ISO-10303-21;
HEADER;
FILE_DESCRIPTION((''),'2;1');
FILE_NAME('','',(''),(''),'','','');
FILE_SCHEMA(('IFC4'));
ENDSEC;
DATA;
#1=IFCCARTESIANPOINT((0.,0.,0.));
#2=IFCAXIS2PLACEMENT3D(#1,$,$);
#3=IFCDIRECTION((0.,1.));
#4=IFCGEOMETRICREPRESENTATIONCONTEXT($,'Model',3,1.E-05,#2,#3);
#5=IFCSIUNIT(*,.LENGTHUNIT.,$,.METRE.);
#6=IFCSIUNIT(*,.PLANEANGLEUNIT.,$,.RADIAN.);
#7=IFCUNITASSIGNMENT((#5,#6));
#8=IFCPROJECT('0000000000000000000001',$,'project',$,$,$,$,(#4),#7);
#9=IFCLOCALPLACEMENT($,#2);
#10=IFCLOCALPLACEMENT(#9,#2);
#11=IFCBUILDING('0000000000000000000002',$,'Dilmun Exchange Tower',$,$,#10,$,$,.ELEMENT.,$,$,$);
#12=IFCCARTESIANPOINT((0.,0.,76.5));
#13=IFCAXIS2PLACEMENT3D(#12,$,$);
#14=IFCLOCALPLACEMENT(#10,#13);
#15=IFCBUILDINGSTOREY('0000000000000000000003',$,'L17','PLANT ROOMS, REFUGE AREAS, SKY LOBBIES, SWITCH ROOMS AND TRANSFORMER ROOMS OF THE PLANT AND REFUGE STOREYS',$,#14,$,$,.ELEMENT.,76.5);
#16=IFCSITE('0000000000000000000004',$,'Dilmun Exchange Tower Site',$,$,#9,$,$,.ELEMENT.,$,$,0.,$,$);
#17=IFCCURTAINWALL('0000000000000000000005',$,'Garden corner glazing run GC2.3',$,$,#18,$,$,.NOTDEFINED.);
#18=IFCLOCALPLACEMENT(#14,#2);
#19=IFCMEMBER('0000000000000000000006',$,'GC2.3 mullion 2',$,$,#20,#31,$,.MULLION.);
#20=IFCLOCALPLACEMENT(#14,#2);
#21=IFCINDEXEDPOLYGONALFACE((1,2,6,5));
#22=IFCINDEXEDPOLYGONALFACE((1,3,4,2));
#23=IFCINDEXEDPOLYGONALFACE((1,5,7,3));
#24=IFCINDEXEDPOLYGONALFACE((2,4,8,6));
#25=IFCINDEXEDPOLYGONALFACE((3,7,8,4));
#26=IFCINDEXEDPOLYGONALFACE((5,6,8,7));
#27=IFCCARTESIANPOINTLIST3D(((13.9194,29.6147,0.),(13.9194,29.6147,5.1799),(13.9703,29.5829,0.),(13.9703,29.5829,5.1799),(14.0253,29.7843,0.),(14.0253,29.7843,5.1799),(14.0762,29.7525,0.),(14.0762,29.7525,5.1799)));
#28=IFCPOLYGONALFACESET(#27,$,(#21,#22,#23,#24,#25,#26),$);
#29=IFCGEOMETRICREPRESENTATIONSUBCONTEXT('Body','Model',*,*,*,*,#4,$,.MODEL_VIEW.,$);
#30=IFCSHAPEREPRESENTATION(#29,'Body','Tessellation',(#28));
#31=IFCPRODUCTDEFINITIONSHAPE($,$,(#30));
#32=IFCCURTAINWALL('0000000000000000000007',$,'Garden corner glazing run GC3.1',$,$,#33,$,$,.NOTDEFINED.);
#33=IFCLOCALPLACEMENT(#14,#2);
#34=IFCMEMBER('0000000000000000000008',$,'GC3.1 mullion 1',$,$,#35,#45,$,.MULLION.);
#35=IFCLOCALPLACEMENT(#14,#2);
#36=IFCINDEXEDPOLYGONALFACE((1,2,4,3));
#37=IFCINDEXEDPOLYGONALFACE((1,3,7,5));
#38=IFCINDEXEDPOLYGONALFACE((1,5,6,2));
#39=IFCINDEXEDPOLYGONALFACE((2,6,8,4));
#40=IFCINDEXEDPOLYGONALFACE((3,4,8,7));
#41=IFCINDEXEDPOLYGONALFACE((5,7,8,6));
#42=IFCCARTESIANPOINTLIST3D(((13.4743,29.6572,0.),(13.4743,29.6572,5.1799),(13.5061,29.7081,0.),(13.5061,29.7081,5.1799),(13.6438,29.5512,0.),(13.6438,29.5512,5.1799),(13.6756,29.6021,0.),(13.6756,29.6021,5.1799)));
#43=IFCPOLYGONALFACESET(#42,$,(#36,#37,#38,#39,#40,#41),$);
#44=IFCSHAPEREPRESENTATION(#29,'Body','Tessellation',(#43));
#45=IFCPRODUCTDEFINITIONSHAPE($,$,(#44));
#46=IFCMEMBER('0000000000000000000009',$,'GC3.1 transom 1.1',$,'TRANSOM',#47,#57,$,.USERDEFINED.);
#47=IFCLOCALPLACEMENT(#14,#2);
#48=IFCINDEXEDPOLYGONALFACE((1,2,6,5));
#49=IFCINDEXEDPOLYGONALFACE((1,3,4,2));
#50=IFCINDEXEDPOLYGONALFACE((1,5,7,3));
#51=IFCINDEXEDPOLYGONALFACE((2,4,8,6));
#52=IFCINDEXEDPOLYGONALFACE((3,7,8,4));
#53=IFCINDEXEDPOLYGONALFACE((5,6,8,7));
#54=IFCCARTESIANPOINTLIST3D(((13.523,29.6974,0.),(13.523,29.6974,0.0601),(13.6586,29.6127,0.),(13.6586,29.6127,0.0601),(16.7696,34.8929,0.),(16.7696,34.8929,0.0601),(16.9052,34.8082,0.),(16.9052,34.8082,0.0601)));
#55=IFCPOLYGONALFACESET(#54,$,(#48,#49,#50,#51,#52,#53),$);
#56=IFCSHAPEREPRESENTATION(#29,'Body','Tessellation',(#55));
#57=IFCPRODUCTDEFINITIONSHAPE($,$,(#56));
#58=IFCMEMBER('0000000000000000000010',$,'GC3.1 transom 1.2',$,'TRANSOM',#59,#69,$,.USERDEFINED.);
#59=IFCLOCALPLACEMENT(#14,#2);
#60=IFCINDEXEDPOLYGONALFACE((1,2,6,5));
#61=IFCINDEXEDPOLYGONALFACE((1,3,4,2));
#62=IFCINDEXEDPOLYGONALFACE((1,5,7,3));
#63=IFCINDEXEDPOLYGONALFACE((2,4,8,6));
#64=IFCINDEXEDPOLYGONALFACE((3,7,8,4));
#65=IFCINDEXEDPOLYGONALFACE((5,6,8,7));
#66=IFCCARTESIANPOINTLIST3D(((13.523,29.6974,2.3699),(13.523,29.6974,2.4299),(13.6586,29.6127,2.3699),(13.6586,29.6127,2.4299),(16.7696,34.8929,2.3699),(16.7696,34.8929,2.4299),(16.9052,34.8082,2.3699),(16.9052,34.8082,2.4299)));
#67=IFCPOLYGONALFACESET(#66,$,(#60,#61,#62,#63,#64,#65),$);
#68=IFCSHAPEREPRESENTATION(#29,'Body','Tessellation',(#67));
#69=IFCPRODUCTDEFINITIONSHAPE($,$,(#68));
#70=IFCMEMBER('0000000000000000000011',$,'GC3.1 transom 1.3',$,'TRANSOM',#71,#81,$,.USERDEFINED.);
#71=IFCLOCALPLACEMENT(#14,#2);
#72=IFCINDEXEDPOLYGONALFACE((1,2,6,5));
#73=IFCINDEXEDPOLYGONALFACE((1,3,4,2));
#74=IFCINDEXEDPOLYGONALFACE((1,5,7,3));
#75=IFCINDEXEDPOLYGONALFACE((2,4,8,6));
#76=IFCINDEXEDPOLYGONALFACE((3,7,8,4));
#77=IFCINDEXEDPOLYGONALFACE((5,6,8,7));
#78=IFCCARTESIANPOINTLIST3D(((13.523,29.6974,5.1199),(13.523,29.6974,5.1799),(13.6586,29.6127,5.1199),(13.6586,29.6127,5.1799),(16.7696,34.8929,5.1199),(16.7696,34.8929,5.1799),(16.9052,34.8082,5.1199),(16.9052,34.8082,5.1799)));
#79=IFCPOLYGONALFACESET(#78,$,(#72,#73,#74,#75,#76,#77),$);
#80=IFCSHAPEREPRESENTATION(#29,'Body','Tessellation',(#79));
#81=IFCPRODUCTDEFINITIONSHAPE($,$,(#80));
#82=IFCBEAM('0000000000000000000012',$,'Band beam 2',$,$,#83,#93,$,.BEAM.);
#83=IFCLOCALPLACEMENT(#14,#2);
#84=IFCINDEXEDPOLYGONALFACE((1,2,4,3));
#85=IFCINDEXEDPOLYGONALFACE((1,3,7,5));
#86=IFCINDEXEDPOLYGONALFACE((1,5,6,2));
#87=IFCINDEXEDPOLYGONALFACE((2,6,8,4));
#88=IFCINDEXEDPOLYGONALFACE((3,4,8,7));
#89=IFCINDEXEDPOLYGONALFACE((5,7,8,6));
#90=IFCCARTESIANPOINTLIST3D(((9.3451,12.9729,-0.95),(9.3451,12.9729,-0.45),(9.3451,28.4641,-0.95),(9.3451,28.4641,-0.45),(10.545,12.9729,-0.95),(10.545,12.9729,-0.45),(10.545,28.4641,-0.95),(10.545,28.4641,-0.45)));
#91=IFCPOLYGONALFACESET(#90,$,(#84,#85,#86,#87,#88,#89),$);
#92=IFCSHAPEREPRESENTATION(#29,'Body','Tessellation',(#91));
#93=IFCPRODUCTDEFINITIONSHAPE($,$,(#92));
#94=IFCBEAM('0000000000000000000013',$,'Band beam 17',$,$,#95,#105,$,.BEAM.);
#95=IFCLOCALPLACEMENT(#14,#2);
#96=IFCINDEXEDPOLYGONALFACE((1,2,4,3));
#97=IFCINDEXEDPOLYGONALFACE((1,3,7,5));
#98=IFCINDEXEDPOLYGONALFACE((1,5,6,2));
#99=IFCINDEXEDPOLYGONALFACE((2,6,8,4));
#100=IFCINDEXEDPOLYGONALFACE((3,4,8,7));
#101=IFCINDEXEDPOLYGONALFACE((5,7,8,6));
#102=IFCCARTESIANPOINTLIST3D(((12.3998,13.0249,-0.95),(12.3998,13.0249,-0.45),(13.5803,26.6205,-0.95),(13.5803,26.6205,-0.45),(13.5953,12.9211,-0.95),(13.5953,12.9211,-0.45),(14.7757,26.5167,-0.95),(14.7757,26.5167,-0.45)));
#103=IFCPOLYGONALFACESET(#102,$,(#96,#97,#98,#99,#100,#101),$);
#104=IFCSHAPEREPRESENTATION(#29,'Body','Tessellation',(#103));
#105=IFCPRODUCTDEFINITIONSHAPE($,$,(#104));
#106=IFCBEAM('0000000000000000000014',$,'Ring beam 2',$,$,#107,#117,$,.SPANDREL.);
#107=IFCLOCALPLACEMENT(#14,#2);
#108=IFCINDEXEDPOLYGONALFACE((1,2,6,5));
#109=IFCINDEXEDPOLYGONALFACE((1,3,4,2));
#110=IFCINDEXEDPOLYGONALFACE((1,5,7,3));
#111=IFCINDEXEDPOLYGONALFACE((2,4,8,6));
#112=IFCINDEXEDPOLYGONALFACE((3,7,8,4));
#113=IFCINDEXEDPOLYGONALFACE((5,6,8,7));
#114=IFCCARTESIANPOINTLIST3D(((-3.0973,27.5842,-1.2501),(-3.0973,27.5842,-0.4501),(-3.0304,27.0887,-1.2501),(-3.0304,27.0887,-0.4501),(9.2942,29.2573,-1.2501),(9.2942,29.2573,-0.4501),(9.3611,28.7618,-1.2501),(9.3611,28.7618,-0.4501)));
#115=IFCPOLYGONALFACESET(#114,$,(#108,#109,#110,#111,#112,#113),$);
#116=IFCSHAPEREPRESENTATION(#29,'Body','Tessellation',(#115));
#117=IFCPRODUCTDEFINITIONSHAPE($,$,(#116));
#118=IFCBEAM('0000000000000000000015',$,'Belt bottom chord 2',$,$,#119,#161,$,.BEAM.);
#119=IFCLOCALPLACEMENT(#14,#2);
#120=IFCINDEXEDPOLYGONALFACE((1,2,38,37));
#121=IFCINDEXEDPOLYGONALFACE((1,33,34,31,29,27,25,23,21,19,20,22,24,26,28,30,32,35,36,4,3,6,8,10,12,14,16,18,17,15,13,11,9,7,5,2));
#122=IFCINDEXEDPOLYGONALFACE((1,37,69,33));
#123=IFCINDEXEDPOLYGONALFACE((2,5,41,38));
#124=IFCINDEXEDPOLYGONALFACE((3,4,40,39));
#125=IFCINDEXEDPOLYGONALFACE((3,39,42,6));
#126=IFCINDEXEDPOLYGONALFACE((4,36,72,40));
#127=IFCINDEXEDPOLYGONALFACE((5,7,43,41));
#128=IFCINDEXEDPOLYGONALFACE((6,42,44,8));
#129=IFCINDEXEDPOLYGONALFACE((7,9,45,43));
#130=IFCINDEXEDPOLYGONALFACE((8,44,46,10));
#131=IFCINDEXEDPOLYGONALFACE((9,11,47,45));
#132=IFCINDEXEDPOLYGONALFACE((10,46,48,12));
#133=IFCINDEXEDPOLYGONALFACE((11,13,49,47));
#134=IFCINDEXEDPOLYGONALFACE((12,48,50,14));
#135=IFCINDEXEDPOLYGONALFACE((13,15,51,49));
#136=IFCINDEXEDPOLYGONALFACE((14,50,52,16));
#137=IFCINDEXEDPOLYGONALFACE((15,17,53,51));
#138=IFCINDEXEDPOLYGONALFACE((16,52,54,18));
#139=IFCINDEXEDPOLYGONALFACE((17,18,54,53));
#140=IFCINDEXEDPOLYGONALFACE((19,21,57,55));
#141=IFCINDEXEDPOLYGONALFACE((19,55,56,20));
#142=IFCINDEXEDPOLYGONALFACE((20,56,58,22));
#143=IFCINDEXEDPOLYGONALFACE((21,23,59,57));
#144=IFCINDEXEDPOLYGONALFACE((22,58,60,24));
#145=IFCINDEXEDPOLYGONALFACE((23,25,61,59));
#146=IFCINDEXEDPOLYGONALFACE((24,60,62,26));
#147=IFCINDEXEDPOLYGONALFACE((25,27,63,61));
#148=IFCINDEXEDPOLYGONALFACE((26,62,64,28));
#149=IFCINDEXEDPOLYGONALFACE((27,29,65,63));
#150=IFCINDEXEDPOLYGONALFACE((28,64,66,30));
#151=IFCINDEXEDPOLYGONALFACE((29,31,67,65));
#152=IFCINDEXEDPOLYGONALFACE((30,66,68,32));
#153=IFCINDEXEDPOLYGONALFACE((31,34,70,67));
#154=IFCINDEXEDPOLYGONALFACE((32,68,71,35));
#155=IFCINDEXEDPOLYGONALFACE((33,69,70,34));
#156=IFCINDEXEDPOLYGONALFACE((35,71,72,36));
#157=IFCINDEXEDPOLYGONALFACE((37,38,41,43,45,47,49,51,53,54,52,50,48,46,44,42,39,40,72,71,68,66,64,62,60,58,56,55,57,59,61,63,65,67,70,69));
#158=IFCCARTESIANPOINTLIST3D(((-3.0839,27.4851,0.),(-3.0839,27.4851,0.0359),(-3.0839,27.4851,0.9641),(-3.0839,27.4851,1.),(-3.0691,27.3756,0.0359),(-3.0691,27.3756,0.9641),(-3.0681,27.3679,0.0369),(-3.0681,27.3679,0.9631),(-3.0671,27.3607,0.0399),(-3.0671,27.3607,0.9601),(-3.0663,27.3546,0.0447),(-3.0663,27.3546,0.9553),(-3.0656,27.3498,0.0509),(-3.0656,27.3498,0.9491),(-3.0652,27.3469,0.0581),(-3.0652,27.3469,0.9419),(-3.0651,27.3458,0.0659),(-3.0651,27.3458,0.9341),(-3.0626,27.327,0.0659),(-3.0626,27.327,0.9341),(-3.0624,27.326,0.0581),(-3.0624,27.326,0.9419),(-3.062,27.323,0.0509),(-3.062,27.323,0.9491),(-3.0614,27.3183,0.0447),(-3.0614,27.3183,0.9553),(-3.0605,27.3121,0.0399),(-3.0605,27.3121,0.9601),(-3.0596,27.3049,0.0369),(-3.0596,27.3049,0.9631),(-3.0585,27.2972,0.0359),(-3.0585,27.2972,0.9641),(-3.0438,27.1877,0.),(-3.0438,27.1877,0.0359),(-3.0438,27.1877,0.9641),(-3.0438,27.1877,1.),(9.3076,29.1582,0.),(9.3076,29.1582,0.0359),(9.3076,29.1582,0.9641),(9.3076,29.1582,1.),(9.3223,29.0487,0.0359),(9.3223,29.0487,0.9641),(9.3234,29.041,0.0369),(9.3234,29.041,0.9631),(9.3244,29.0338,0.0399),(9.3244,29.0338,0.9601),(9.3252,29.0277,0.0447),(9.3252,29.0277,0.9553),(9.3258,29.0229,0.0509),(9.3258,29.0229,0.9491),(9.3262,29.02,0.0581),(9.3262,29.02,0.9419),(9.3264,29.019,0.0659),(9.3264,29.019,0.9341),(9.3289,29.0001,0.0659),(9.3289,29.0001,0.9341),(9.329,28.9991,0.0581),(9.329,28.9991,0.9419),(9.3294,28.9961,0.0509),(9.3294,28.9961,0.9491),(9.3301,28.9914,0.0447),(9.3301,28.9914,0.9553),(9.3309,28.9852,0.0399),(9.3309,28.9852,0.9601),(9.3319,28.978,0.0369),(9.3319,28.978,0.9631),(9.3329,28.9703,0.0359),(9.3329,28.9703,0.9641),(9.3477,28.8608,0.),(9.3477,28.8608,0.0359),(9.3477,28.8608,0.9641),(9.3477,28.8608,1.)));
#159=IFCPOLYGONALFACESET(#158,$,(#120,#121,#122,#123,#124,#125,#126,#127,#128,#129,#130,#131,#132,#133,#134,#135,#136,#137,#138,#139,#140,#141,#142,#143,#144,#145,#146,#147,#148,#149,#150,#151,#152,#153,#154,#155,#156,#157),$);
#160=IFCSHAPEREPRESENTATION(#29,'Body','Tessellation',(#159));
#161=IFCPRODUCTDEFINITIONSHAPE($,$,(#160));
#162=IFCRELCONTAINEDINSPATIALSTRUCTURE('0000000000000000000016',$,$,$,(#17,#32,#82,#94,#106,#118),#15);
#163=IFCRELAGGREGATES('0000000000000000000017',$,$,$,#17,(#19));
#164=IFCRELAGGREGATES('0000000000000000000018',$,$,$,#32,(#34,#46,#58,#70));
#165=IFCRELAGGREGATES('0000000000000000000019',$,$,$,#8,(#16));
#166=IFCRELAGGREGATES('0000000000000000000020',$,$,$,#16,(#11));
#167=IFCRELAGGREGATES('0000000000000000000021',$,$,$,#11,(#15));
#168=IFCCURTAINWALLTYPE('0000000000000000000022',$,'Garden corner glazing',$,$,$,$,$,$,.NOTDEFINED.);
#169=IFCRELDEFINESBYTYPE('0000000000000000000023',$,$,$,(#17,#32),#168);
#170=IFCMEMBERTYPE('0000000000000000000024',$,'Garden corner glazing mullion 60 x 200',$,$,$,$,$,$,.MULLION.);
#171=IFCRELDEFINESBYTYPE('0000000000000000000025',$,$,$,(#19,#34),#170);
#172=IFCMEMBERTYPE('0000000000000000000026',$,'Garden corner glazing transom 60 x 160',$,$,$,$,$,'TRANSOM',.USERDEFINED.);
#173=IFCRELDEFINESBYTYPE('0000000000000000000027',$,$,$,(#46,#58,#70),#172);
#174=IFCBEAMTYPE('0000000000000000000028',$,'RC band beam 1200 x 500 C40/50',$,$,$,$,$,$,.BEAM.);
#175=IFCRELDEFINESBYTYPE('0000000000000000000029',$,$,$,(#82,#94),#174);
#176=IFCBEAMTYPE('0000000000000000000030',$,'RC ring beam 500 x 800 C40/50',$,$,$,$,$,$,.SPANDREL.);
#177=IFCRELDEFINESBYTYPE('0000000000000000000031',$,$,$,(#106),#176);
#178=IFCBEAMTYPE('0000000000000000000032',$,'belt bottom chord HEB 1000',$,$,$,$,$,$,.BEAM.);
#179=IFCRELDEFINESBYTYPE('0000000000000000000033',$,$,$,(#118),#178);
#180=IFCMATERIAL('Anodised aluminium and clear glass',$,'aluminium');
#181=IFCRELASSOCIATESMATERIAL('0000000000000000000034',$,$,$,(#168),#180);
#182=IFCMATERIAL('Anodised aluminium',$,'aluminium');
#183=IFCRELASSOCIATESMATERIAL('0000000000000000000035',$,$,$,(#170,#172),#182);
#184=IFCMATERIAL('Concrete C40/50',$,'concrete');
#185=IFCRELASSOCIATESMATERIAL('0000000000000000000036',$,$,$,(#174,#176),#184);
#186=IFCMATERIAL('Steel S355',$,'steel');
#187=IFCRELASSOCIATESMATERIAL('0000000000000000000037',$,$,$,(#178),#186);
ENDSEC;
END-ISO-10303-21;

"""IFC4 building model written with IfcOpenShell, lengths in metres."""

from ifc_helpers import new_model, si_unit, direction, frame, origin, origin_2d, place, context, subcontext, project, spatial, rectangle, i_section, extrude, material, material_profile, profile_set, type_object, element, aggregate, save


model = new_model("IFC4")

# Units and contexts
model_context = context("Model", 3, precision=1e-05, world=origin(), true_north=direction((0.0, 1.0)))
body_context = subcontext(model_context, "Body", "Model", "MODEL_VIEW")
ifc_project = project(units=[si_unit("LENGTHUNIT", "METRE"), si_unit("PLANEANGLEUNIT", "RADIAN")], contexts=[model_context])

# Site, building, storey
site_placement = place(None, origin())
site = spatial("IfcSite", under=ifc_project, at=site_placement, Name="Dilmun Exchange Tower Site", CompositionType="ELEMENT", RefElevation=0.0)
building_placement = place(site_placement, origin())
building = spatial("IfcBuilding", under=site, at=building_placement, Name="Dilmun Exchange Tower", CompositionType="ELEMENT")
storey_placement = place(building_placement, frame((0.0, 0.0, 76.5)))
storey = spatial("IfcBuildingStorey", under=building, at=storey_placement, Name="L17", Description="PLANT ROOMS, REFUGE AREAS, SKY LOBBIES, SWITCH ROOMS AND TRANSFORMER ROOMS OF THE PLANT AND REFUGE STOREYS", CompositionType="ELEMENT", Elevation=76.5)

# Curtain wall, member
ifc_material_1 = material(Name="Anodised aluminium and clear glass", Category="aluminium")
curtain_wall_type = type_object("IfcCurtainWallType", Name="Garden corner glazing", PredefinedType="NOTDEFINED", material=ifc_material_1)
curtain_wall_1_placement = place(storey_placement, origin())
curtain_wall_1 = element("IfcCurtainWall", 1, at=curtain_wall_1_placement, inside=storey, type_object=curtain_wall_type, Name="Garden corner glazing run GC2.3", PredefinedType="NOTDEFINED")
ifc_material_2 = material(Name="Anodised aluminium", Category="aluminium")
ifc_material_profile_1 = material_profile(ifc_material_2, rectangle(XDim=0.2, YDim=0.0601, at=origin_2d()), Name="AL 60x200")
ifc_profile_set_1 = profile_set([ifc_material_profile_1], Name="Anodised aluminium")
member_type_1 = type_object("IfcMemberType", Name="Garden corner glazing mullion 60 x 200", PredefinedType="MULLION", material=ifc_profile_set_1)
member_1_placement = place(storey_placement, frame((13.9978, 29.6836, 0.0), z_axis=(0.0, 0.0, 1.0), x_axis=(-0.5299, -0.84806, 0.0)))
member_1 = element("IfcMember", 2, at=member_1_placement, type_object=member_type_1, Name="GC2.3 mullion 2", PredefinedType="MULLION", context=body_context, shape_type="SweptSolid", body=[
    extrude(rectangle(XDim=0.2, YDim=0.0601, at=origin_2d()), origin(), (0.0, 0.0, 1.0), 5.1799),
])
aggregate(curtain_wall_1, [member_1])

# Curtain wall, members
curtain_wall_2_placement = place(storey_placement, origin())
curtain_wall_2 = element("IfcCurtainWall", 3, at=curtain_wall_2_placement, inside=storey, type_object=curtain_wall_type, Name="Garden corner glazing run GC3.1", PredefinedType="NOTDEFINED")
member_2_placement = place(storey_placement, frame((13.575, 29.6296, 0.0), z_axis=(0.0, 0.0, 1.0), x_axis=(-0.84805, 0.529917, 0.0)))
member_2 = element("IfcMember", 4, at=member_2_placement, type_object=member_type_1, Name="GC3.1 mullion 1", PredefinedType="MULLION", context=body_context, shape_type="SweptSolid", body=[
    extrude(rectangle(XDim=0.2, YDim=0.0601, at=origin_2d()), origin(), (0.0, 0.0, 1.0), 5.1799),
])
ifc_material_profile_2 = material_profile(ifc_material_2, rectangle(XDim=0.1599, YDim=0.0601, at=origin_2d()), Name="AL 60x160")
ifc_profile_set_2 = profile_set([ifc_material_profile_2], Name="Anodised aluminium")
member_type_2 = type_object("IfcMemberType", Name="Garden corner glazing transom 60 x 160", ElementType="TRANSOM", PredefinedType="USERDEFINED", material=ifc_profile_set_2)
member_3_placement = place(storey_placement, frame((13.5908, 29.655, 0.03), z_axis=(0.529924, 0.848045, 0.0), x_axis=(-0.848045, 0.529924, 0.0)))
member_3 = element("IfcMember", 5, at=member_3_placement, type_object=member_type_2, Name="GC3.1 transom 1.1", ObjectType="TRANSOM", PredefinedType="USERDEFINED", context=body_context, shape_type="SweptSolid", body=[
    extrude(rectangle(XDim=0.1599, YDim=0.0601, at=origin_2d()), origin(), (0.0, 0.0, 1.0), 6.1265),
])
member_4_placement = place(storey_placement, frame((13.5908, 29.655, 2.3999), z_axis=(0.529924, 0.848045, 0.0), x_axis=(-0.848045, 0.529924, 0.0)))
member_4 = element("IfcMember", 6, at=member_4_placement, type_object=member_type_2, Name="GC3.1 transom 1.2", ObjectType="TRANSOM", PredefinedType="USERDEFINED", context=body_context, shape_type="SweptSolid", body=[
    extrude(rectangle(XDim=0.1599, YDim=0.0601, at=origin_2d()), origin(), (0.0, 0.0, 1.0), 6.1265),
])
member_5_placement = place(storey_placement, frame((13.5908, 29.655, 5.1499), z_axis=(0.529924, 0.848045, 0.0), x_axis=(-0.848045, 0.529924, 0.0)))
member_5 = element("IfcMember", 7, at=member_5_placement, type_object=member_type_2, Name="GC3.1 transom 1.3", ObjectType="TRANSOM", PredefinedType="USERDEFINED", context=body_context, shape_type="SweptSolid", body=[
    extrude(rectangle(XDim=0.1599, YDim=0.0601, at=origin_2d()), origin(), (0.0, 0.0, 1.0), 6.1265),
])
aggregate(curtain_wall_2, [member_2, member_3, member_4, member_5])

# Beams
ifc_material_3 = material(Name="Concrete C40/50", Category="concrete")
ifc_material_profile_3 = material_profile(ifc_material_3, rectangle(XDim=1.2, YDim=0.5, at=origin_2d()), Name="1200 x 500")
ifc_profile_set_3 = profile_set([ifc_material_profile_3], Name="Concrete C40/50")
beam_type_1 = type_object("IfcBeamType", Name="RC band beam 1200 x 500 C40/50", PredefinedType="BEAM", material=ifc_profile_set_3)
beam_1_placement = place(storey_placement, frame((9.9451, 28.4641, -0.7), z_axis=(0.0, -1.0, 0.0), x_axis=(1.0, 0.0, 0.0)))
element("IfcBeam", 8, at=beam_1_placement, inside=storey, type_object=beam_type_1, Name="Band beam 2", PredefinedType="BEAM", context=body_context, shape_type="SweptSolid", body=[
    extrude(rectangle(XDim=1.2, YDim=0.5, at=origin_2d()), origin(), (0.0, 0.0, 1.0), 15.4912),
])
beam_2_placement = place(storey_placement, frame((14.178, 26.5686, -0.7), z_axis=(-0.086499, -0.996252, 0.0), x_axis=(0.996252, -0.086499, 0.0)))
element("IfcBeam", 9, at=beam_2_placement, inside=storey, type_object=beam_type_1, Name="Band beam 17", PredefinedType="BEAM", context=body_context, shape_type="SweptSolid", body=[
    extrude(rectangle(XDim=1.2, YDim=0.5, at=origin_2d()), origin(), (0.0, 0.0, 1.0), 13.6467),
])
ifc_material_profile_4 = material_profile(ifc_material_3, rectangle(XDim=0.5, YDim=0.8, at=origin_2d()), Name="500 x 800")
ifc_profile_set_4 = profile_set([ifc_material_profile_4], Name="Concrete C40/50")
beam_type_2 = type_object("IfcBeamType", Name="RC ring beam 500 x 800 C40/50", PredefinedType="SPANDREL", material=ifc_profile_set_4)
beam_3_placement = place(storey_placement, frame((9.3276, 29.0095, -0.8501), z_axis=(-0.991007, -0.133807, 0.0), x_axis=(0.133807, -0.991007, 0.0)))
element("IfcBeam", 10, at=beam_3_placement, inside=storey, type_object=beam_type_2, Name="Ring beam 2", PredefinedType="SPANDREL", context=body_context, shape_type="SweptSolid", body=[
    extrude(rectangle(XDim=0.5, YDim=0.8, at=origin_2d()), origin(), (0.0, 0.0, 1.0), 12.5039),
])
ifc_material_4 = material(Name="Steel S355", Category="steel")
ifc_material_profile_5 = material_profile(ifc_material_4, i_section(OverallWidth=0.3, OverallDepth=1.0, WebThickness=0.019, FlangeThickness=0.0359, FilletRadius=0.03, at=origin_2d()), Name="HEB 1000")
ifc_profile_set_5 = profile_set([ifc_material_profile_5], Name="Steel S355")
beam_type_3 = type_object("IfcBeamType", Name="belt bottom chord HEB 1000", PredefinedType="BEAM", material=ifc_profile_set_5)
beam_4_placement = place(storey_placement, frame((9.3276, 29.0095, 0.5), z_axis=(-0.991007, -0.133807, 0.0), x_axis=(0.133807, -0.991007, 0.0)))
element("IfcBeam", 11, at=beam_4_placement, inside=storey, type_object=beam_type_3, Name="Belt bottom chord 2", PredefinedType="BEAM", context=body_context, shape_type="SweptSolid", body=[
    extrude(i_section(OverallWidth=0.3, OverallDepth=1.0, WebThickness=0.019, FlangeThickness=0.0359, FilletRadius=0.03, at=origin_2d()), origin(), (0.0, 0.0, 1.0), 12.5039),
])

save(model, "model.ifc")
